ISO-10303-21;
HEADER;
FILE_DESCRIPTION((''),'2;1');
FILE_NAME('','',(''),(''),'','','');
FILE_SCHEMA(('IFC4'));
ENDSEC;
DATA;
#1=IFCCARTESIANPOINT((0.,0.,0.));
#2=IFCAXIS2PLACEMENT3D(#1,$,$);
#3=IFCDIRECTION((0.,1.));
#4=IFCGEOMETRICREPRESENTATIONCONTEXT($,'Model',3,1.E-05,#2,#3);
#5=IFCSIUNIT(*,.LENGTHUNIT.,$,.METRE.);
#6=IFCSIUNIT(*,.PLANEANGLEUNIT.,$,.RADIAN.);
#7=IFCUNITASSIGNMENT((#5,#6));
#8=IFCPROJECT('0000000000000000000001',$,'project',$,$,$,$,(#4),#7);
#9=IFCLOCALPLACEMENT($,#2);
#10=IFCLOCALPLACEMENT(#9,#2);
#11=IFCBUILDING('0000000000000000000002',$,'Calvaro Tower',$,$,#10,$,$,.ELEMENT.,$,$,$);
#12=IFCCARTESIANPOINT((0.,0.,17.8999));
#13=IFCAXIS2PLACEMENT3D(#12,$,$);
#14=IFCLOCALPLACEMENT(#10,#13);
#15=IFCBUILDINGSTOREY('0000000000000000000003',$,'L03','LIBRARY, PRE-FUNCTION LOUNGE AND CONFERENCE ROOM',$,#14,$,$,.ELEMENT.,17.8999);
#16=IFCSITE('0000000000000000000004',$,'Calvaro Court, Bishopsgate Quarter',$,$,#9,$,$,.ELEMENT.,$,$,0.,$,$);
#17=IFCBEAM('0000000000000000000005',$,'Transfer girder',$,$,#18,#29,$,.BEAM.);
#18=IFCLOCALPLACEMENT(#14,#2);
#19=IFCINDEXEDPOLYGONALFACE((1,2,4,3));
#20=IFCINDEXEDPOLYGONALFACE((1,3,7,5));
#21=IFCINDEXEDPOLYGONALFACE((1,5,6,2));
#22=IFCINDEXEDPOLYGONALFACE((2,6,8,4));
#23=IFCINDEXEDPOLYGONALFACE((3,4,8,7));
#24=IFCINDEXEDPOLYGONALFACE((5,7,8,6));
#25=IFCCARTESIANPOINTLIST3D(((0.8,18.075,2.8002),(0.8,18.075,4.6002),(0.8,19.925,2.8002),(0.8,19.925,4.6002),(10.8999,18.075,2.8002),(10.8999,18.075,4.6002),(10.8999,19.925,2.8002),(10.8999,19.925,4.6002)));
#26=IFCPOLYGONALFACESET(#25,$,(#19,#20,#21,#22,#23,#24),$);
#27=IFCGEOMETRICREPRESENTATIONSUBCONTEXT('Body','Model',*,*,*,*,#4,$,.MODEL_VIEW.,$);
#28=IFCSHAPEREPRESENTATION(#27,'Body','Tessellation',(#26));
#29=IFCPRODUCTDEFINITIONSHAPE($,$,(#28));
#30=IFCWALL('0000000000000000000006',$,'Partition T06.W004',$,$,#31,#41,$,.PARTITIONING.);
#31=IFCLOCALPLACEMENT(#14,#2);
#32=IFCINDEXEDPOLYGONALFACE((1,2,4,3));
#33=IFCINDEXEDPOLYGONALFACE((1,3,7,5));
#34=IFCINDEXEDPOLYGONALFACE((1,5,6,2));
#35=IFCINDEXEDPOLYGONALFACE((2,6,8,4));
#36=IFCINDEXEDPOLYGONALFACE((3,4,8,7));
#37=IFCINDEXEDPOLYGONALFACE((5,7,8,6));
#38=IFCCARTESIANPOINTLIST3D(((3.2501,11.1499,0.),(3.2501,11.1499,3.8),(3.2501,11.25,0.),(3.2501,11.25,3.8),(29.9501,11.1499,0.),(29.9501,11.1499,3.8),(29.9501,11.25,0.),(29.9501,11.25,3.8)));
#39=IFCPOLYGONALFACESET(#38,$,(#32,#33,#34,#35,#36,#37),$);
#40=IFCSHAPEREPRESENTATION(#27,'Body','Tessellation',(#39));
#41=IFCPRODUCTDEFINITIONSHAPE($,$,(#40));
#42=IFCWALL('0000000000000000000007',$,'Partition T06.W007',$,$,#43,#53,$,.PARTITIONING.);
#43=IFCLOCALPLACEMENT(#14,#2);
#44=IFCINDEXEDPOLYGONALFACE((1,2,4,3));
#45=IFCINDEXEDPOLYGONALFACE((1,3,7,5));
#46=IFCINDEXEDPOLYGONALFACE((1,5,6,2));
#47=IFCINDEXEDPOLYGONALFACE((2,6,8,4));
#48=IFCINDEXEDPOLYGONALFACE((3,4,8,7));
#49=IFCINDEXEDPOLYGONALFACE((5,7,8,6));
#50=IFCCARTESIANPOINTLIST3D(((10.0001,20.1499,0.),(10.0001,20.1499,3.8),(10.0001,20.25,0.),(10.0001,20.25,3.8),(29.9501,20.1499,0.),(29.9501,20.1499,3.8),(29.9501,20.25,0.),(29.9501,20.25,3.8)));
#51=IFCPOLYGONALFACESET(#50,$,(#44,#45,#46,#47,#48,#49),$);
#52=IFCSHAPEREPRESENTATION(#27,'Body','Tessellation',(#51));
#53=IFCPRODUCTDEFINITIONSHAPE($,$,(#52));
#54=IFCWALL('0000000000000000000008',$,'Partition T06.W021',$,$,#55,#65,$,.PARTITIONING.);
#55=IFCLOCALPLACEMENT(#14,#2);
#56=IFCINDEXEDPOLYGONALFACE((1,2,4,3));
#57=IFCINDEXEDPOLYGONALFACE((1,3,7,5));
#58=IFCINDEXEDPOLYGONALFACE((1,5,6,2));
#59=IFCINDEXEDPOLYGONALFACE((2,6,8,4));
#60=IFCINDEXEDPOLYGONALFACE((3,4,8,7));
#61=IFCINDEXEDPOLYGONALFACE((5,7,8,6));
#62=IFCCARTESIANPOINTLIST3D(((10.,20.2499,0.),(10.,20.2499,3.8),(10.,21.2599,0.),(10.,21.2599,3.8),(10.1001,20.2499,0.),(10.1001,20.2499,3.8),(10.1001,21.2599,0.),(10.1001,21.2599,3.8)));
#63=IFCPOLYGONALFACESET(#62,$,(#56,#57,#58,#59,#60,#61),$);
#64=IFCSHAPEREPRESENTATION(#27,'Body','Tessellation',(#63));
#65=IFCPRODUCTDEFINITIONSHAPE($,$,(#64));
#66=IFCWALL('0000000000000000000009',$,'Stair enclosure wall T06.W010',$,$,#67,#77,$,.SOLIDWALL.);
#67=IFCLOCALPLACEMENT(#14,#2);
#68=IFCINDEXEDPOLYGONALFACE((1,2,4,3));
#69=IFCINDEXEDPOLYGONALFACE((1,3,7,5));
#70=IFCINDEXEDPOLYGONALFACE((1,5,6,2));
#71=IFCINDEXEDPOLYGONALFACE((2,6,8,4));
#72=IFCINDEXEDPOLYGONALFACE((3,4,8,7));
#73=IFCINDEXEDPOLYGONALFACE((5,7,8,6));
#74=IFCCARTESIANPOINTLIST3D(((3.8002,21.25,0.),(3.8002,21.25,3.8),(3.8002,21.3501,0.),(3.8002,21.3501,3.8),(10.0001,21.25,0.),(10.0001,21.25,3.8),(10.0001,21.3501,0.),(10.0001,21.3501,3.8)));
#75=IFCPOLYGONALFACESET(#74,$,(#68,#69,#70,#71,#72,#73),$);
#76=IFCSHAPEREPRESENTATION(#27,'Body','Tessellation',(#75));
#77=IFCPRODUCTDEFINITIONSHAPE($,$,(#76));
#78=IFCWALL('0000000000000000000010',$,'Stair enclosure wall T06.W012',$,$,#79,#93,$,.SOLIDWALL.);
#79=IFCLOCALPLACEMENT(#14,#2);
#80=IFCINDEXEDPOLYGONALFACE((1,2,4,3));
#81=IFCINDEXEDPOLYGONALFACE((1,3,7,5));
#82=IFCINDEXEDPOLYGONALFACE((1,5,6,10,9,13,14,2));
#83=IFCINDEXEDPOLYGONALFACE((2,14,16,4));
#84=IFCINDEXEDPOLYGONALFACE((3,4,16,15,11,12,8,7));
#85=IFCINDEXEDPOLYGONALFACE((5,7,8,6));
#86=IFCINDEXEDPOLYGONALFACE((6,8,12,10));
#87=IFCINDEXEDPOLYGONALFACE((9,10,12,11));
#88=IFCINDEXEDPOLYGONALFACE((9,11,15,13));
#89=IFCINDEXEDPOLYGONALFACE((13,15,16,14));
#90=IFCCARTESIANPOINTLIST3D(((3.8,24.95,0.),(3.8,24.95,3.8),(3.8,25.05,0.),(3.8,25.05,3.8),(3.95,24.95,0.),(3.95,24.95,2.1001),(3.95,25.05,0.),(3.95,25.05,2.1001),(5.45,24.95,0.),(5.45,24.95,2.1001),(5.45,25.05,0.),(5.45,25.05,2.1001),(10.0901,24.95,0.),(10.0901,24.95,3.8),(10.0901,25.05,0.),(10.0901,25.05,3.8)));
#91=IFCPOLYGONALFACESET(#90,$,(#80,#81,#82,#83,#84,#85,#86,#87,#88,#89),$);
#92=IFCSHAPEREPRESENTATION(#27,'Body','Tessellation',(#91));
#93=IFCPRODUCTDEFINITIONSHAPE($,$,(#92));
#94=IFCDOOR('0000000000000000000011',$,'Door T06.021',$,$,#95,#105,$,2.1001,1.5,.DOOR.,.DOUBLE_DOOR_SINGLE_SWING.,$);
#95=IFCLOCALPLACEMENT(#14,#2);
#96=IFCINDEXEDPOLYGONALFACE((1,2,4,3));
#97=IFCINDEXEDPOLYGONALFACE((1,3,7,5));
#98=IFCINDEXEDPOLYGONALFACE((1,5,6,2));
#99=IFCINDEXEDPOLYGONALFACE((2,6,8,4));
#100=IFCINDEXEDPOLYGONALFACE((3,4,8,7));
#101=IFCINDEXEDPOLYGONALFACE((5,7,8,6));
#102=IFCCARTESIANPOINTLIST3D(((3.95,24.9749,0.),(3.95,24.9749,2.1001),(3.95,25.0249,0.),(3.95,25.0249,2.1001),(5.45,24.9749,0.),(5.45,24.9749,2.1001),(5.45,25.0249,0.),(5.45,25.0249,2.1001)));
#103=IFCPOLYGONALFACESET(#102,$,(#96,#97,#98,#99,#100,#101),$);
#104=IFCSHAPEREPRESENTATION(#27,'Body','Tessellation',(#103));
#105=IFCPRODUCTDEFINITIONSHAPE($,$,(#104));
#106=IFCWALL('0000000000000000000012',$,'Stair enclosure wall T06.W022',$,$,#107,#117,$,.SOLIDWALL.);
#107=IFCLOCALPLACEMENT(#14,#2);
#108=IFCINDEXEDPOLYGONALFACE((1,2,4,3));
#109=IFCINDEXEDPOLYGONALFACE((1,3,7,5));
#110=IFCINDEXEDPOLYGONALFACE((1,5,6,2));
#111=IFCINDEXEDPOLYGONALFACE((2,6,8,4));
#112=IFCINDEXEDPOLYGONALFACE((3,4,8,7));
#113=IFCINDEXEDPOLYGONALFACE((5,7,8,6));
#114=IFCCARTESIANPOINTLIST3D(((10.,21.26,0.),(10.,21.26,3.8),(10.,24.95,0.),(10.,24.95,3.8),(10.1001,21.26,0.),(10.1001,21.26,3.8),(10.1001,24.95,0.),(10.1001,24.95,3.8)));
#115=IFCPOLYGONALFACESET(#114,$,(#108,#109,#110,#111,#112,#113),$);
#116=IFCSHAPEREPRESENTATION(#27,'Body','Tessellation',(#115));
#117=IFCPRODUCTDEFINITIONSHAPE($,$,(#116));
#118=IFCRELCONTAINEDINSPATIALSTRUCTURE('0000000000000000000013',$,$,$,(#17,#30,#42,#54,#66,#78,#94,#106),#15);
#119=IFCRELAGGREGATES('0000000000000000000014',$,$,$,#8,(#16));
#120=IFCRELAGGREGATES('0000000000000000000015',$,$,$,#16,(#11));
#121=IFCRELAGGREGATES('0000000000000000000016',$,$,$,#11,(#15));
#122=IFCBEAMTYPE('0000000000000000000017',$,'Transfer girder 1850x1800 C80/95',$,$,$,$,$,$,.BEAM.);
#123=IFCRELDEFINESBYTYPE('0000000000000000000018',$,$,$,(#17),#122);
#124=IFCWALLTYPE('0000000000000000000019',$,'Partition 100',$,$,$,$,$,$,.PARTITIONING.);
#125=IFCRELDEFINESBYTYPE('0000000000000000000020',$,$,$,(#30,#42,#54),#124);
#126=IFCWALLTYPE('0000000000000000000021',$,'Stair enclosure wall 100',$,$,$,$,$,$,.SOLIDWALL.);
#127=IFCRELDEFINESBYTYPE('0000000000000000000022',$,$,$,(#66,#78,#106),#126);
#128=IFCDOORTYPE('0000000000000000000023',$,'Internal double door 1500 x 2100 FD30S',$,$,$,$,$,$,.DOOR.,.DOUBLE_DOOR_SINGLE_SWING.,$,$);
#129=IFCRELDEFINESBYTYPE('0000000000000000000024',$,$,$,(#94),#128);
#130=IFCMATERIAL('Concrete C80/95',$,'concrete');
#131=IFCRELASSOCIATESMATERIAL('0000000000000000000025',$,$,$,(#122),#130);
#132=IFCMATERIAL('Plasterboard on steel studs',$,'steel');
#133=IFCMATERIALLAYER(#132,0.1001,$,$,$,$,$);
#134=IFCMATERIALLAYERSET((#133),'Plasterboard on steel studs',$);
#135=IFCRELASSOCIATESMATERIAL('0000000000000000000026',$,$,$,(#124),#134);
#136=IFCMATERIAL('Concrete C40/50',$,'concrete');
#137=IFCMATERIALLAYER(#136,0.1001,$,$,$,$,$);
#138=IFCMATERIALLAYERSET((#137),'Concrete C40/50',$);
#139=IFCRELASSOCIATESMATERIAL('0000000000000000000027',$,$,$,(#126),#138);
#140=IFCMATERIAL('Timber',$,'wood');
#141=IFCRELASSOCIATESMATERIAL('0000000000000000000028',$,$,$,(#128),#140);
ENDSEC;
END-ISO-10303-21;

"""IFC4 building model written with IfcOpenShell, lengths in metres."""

from ifc_helpers import new_model, si_unit, direction, frame, frame_2d, origin, origin_2d, place, context, subcontext, project, spatial, rectangle, extrude, material, layer, layer_set, material_profile, profile_set, type_object, element, fill, save


model = new_model("IFC4")

# Units and contexts
model_context = context("Model", 3, precision=1e-05, world=origin(), true_north=direction((0.0, 1.0)))
body_context = subcontext(model_context, "Body", "Model", "MODEL_VIEW")
ifc_project = project(units=[si_unit("LENGTHUNIT", "METRE"), si_unit("PLANEANGLEUNIT", "RADIAN")], contexts=[model_context])

# Site, building, storey
site_placement = place(None, origin())
site = spatial("IfcSite", under=ifc_project, at=site_placement, Name="Calvaro Court, Bishopsgate Quarter", CompositionType="ELEMENT", RefElevation=0.0)
building_placement = place(site_placement, origin())
building = spatial("IfcBuilding", under=site, at=building_placement, Name="Calvaro Tower", CompositionType="ELEMENT")
storey_placement = place(building_placement, frame((0.0, 0.0, 17.8999)))
storey = spatial("IfcBuildingStorey", under=building, at=storey_placement, Name="L03", Description="LIBRARY, PRE-FUNCTION LOUNGE AND CONFERENCE ROOM", CompositionType="ELEMENT", Elevation=17.8999)

# Beam
ifc_material_1 = material(Name="Concrete C80/95", Category="concrete")
ifc_material_profile = material_profile(ifc_material_1, rectangle(XDim=1.8501, YDim=1.8, at=origin_2d()), Name="RC 1850x1800")
ifc_profile_set = profile_set([ifc_material_profile], Name="Concrete C80/95")
beam_type = type_object("IfcBeamType", Name="Transfer girder 1850x1800 C80/95", PredefinedType="BEAM", material=ifc_profile_set)
beam_placement = place(storey_placement, frame((0.8, 19.0, 3.7002), z_axis=(1.0, 0.0, 0.0), x_axis=(0.0, 1.0, 0.0)))
element("IfcBeam", 1, at=beam_placement, inside=storey, type_object=beam_type, Name="Transfer girder", PredefinedType="BEAM", context=body_context, shape_type="SweptSolid", body=[
    extrude(rectangle(XDim=1.8501, YDim=1.8, at=origin_2d()), origin(), (0.0, 0.0, 1.0), 10.0999),
])

# Walls
ifc_material_2 = material(Name="Plasterboard on steel studs", Category="steel")
ifc_layer_1 = layer(ifc_material_2, 0.1001)
ifc_layer_set_1 = layer_set([ifc_layer_1], Name="Plasterboard on steel studs")
wall_type_1 = type_object("IfcWallType", Name="Partition 100", PredefinedType="PARTITIONING", material=ifc_layer_set_1)
wall_1_placement = place(storey_placement, frame((3.25, 11.2, 0.0), z_axis=(0.0, 0.0, 1.0), x_axis=(1.0, 0.0, 0.0)))
element("IfcWall", 2, at=wall_1_placement, inside=storey, type_object=wall_type_1, Name="Partition T06.W004", PredefinedType="PARTITIONING", context=body_context, shape_type="SweptSolid", body=[
    extrude(rectangle(XDim=26.7, YDim=0.1001, at=frame_2d((13.3501, 0.0))), origin(), (0.0, 0.0, 1.0), 3.8),
])
wall_2_placement = place(storey_placement, frame((10.0, 20.2, 0.0), z_axis=(0.0, 0.0, 1.0), x_axis=(1.0, 0.0, 0.0)))
element("IfcWall", 3, at=wall_2_placement, inside=storey, type_object=wall_type_1, Name="Partition T06.W007", PredefinedType="PARTITIONING", context=body_context, shape_type="SweptSolid", body=[
    extrude(rectangle(XDim=19.95, YDim=0.1001, at=frame_2d((9.9751, 0.0))), origin(), (0.0, 0.0, 1.0), 3.8),
])
wall_3_placement = place(storey_placement, frame((10.05, 20.25, 0.0), z_axis=(0.0, 0.0, 1.0), x_axis=(0.0, 1.0, 0.0)))
element("IfcWall", 4, at=wall_3_placement, inside=storey, type_object=wall_type_1, Name="Partition T06.W021", PredefinedType="PARTITIONING", context=body_context, shape_type="SweptSolid", body=[
    extrude(rectangle(XDim=1.01, YDim=0.1001, at=frame_2d((0.5049, 0.0))), origin(), (0.0, 0.0, 1.0), 3.8),
])
ifc_material_3 = material(Name="Concrete C40/50", Category="concrete")
ifc_layer_2 = layer(ifc_material_3, 0.1001)
ifc_layer_set_2 = layer_set([ifc_layer_2], Name="Concrete C40/50")
wall_type_2 = type_object("IfcWallType", Name="Stair enclosure wall 100", PredefinedType="SOLIDWALL", material=ifc_layer_set_2)
wall_4_placement = place(storey_placement, frame((3.8, 21.3, 0.0), z_axis=(0.0, 0.0, 1.0), x_axis=(1.0, 0.0, 0.0)))
element("IfcWall", 5, at=wall_4_placement, inside=storey, type_object=wall_type_2, Name="Stair enclosure wall T06.W010", PredefinedType="SOLIDWALL", context=body_context, shape_type="SweptSolid", body=[
    extrude(rectangle(XDim=6.2, YDim=0.1001, at=frame_2d((3.1001, 0.0))), origin(), (0.0, 0.0, 1.0), 3.8),
])

# Wall, opening, door
wall_5_placement = place(storey_placement, frame((3.8, 25.0, 0.0), z_axis=(0.0, 0.0, 1.0), x_axis=(1.0, 0.0, 0.0)))
wall_5 = element("IfcWall", 6, at=wall_5_placement, inside=storey, type_object=wall_type_2, Name="Stair enclosure wall T06.W012", PredefinedType="SOLIDWALL", context=body_context, shape_type="SweptSolid", body=[
    extrude(rectangle(XDim=6.29, YDim=0.1001, at=frame_2d((3.145, 0.0))), origin(), (0.0, 0.0, 1.0), 3.8),
])
opening_placement = place(wall_5_placement, frame((0.1499, 0.0, 0.0)))
opening = element("IfcOpeningElement", 7, at=opening_placement, cuts=wall_5, PredefinedType="OPENING", context=body_context, shape_type="SweptSolid", body=[
    extrude(rectangle(XDim=1.5, YDim=2.1001, at=frame_2d((0.75, 1.05))), frame((0.0, 0.0601, 0.0), z_axis=(0.0, -1.0, 0.0), x_axis=(1.0, 0.0, 0.0)), (0.0, 0.0, 1.0), 0.1201),
])
ifc_material_4 = material(Name="Timber", Category="wood")
door_type = type_object("IfcDoorType", Name="Internal double door 1500 x 2100 FD30S", OperationType="DOUBLE_DOOR_SINGLE_SWING", PredefinedType="DOOR", material=ifc_material_4)
door_placement = place(opening_placement, origin())
door = element("IfcDoor", 8, at=door_placement, inside=storey, type_object=door_type, Name="Door T06.021", OperationType="DOUBLE_DOOR_SINGLE_SWING", OverallHeight=2.1001, OverallWidth=1.5, PredefinedType="DOOR", context=body_context, shape_type="SweptSolid", body=[
    extrude(rectangle(XDim=1.5, YDim=2.1001, at=frame_2d((0.75, 1.05))), frame((0.0, 0.0249, 0.0), z_axis=(0.0, -1.0, 0.0), x_axis=(1.0, 0.0, 0.0)), (0.0, 0.0, 1.0), 0.05),
])
fill(opening, door)

# Wall
wall_6_placement = place(storey_placement, frame((10.05, 21.26, 0.0), z_axis=(0.0, 0.0, 1.0), x_axis=(0.0, 1.0, 0.0)))
element("IfcWall", 9, at=wall_6_placement, inside=storey, type_object=wall_type_2, Name="Stair enclosure wall T06.W022", PredefinedType="SOLIDWALL", context=body_context, shape_type="SweptSolid", body=[
    extrude(rectangle(XDim=3.6899, YDim=0.1001, at=frame_2d((1.845, 0.0))), origin(), (0.0, 0.0, 1.0), 3.8),
])

save(model, "model.ifc")
